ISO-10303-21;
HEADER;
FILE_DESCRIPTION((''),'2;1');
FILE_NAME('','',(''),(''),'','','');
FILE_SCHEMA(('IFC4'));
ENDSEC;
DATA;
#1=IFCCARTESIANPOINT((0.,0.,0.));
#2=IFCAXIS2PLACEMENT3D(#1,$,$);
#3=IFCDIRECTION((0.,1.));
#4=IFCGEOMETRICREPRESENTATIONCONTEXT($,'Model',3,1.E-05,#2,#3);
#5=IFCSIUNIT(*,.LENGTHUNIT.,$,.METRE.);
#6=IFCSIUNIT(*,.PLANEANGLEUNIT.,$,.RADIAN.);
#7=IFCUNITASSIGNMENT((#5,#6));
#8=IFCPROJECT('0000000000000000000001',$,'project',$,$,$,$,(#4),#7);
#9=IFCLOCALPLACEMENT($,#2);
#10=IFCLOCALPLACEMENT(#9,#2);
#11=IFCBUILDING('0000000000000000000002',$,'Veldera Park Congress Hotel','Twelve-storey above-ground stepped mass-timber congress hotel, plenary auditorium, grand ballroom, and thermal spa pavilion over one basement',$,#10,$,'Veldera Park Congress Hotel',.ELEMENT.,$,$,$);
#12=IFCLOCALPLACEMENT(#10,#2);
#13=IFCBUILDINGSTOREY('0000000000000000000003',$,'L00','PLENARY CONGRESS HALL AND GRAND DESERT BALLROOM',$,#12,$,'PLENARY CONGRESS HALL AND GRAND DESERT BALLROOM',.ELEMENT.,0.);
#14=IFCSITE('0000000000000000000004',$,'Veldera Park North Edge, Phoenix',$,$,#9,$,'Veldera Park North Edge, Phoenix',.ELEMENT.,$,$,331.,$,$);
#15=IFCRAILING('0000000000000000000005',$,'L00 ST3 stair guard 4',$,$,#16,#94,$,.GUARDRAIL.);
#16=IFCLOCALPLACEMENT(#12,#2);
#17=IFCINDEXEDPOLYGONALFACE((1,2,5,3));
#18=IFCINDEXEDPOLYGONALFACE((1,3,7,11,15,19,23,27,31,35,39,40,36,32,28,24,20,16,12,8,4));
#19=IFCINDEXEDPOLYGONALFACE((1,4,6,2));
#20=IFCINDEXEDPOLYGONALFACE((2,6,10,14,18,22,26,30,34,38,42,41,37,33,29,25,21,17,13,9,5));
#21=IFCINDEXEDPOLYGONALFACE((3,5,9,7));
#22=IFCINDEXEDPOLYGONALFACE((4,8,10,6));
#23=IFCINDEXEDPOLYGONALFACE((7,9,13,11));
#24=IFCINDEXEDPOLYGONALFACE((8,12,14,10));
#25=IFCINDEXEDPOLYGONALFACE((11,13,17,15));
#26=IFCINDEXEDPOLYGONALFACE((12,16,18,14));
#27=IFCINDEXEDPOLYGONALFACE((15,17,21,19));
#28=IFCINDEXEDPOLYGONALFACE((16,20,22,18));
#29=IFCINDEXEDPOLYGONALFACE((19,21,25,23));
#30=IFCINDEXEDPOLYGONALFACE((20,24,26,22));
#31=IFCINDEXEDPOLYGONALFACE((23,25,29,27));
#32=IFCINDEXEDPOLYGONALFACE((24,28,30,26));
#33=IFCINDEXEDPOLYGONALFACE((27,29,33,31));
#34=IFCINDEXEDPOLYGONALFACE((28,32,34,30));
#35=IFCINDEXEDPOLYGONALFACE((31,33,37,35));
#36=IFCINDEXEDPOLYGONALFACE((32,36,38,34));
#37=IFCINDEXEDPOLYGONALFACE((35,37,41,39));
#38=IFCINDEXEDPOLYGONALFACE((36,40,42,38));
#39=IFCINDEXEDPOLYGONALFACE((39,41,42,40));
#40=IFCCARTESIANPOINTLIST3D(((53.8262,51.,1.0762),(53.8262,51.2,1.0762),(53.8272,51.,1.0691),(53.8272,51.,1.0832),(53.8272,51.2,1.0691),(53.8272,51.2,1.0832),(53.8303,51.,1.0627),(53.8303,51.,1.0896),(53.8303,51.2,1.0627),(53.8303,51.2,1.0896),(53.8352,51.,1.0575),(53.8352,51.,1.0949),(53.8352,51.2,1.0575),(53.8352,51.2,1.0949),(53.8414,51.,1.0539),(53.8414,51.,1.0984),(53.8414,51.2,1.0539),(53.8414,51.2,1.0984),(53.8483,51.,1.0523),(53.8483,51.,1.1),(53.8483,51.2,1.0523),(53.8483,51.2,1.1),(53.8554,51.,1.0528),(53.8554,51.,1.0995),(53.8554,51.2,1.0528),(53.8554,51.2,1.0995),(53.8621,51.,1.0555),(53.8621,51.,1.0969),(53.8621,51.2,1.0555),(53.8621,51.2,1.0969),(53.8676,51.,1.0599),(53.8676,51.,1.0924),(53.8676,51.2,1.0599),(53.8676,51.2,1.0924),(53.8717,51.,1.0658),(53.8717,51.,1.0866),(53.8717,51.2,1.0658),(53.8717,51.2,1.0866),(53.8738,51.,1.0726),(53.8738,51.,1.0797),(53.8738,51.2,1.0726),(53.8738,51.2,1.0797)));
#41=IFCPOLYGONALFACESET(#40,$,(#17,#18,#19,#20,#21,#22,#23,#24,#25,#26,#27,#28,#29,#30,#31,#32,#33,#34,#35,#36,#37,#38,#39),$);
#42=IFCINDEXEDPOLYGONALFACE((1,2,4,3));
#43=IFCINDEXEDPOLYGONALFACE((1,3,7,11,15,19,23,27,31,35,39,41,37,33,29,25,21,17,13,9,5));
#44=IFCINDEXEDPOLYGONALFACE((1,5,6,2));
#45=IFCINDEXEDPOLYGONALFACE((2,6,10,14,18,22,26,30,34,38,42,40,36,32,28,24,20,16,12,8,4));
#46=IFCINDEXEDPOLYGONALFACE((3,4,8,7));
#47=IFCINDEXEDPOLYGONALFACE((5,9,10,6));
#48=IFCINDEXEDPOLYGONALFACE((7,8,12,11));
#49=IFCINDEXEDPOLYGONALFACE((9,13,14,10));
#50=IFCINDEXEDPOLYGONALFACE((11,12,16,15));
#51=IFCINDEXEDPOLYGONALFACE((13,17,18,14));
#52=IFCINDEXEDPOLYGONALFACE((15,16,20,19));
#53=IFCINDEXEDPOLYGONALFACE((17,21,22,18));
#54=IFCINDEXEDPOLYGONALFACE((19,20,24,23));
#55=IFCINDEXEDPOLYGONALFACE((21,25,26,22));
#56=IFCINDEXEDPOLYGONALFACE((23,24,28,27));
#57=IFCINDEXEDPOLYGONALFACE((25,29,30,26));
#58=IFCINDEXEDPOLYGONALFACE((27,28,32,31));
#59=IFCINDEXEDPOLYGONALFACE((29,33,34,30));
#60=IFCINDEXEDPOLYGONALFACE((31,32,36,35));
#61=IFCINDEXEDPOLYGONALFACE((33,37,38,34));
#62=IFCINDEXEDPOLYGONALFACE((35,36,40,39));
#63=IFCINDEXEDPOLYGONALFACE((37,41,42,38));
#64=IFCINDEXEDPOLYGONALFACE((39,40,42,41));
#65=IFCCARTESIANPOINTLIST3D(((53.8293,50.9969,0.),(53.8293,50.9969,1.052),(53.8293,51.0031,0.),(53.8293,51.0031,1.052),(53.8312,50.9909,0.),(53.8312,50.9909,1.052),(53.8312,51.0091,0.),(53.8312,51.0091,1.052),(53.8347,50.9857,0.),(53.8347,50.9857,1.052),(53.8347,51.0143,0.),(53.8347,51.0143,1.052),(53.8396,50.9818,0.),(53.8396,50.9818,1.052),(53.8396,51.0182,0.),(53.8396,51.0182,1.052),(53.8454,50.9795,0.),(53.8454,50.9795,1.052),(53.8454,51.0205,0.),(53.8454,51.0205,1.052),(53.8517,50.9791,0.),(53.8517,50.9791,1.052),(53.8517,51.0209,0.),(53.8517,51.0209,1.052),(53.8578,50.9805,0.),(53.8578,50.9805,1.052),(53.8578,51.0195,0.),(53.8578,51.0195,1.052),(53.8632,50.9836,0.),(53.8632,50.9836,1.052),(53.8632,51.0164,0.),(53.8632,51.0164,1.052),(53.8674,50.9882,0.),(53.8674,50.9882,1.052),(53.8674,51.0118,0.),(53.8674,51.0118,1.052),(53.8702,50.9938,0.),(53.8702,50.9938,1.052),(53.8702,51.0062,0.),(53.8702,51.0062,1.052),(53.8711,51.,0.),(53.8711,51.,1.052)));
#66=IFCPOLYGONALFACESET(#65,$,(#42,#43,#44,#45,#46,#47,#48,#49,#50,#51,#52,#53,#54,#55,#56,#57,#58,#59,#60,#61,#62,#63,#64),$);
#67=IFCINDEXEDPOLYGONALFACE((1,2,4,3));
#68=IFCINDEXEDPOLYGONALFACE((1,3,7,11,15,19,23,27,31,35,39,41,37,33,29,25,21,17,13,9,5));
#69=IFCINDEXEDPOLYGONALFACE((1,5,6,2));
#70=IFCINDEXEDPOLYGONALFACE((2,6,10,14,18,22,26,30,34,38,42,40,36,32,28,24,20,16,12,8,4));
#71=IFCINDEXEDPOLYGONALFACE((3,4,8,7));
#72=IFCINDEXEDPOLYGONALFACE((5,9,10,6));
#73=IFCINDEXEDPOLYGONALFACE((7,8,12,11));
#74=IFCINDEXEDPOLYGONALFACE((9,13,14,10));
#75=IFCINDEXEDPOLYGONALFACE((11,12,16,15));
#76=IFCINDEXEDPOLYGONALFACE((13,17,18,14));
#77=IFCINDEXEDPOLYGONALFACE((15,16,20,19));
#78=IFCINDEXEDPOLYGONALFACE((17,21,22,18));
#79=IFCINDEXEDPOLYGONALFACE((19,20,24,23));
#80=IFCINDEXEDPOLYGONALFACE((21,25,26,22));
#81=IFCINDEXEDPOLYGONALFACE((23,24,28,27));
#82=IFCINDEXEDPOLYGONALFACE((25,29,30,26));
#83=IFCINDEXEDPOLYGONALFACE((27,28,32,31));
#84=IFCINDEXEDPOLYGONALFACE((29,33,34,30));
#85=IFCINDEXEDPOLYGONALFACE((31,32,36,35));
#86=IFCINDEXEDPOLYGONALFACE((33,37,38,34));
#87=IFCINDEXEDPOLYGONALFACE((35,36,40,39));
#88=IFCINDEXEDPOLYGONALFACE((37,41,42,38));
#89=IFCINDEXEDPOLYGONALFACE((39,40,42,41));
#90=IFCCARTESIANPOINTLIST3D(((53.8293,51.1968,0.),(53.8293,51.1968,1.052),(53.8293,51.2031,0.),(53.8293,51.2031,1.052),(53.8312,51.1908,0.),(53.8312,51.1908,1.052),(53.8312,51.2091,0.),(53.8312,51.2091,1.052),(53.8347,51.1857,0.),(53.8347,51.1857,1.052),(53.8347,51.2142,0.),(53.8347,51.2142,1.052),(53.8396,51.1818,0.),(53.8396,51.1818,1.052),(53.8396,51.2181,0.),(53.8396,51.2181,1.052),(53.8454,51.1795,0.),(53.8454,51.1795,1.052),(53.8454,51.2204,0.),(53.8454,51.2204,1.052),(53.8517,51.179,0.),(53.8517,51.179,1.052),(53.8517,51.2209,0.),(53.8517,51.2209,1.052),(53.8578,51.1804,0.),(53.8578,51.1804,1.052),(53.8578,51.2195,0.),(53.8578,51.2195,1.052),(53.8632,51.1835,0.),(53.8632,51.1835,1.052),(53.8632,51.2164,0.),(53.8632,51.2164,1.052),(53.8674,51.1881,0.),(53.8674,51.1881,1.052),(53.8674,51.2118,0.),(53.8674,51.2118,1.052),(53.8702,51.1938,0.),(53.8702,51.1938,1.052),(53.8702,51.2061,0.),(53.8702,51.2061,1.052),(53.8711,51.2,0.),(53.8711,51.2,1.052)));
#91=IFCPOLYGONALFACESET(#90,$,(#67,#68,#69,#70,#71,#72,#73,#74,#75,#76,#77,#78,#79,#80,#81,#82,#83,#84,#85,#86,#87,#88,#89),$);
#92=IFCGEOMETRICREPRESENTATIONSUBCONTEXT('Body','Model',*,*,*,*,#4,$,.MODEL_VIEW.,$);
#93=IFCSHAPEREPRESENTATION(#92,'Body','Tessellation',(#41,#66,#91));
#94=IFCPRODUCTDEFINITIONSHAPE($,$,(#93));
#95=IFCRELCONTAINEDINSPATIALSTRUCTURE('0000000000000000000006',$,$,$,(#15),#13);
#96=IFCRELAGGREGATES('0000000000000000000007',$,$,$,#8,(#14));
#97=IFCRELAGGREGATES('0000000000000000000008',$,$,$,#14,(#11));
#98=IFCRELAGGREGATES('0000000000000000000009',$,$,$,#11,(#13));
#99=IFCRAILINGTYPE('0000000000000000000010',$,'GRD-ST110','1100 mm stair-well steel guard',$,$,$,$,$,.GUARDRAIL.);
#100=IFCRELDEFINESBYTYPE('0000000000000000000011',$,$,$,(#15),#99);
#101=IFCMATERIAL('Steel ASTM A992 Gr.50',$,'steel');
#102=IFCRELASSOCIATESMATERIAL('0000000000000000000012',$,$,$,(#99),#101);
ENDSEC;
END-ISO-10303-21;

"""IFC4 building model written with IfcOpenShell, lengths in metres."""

from ifc_helpers import new_model, si_unit, direction, frame, origin, origin_2d, place, context, subcontext, project, spatial, circle, extrude, material, type_object, element, save


model = new_model("IFC4")

# Units and contexts
model_context = context("Model", 3, precision=1e-05, world=origin(), true_north=direction((0.0, 1.0)))
body_context = subcontext(model_context, "Body", "Model", "MODEL_VIEW")
ifc_project = project(units=[si_unit("LENGTHUNIT", "METRE"), si_unit("PLANEANGLEUNIT", "RADIAN")], contexts=[model_context])

# Site, building, storey
site_placement = place(None, origin())
site = spatial("IfcSite", under=ifc_project, at=site_placement, Name="Veldera Park North Edge, Phoenix", LongName="Veldera Park North Edge, Phoenix", CompositionType="ELEMENT", RefElevation=331.0)
building_placement = place(site_placement, origin())
building = spatial("IfcBuilding", under=site, at=building_placement, Name="Veldera Park Congress Hotel", Description="Twelve-storey above-ground stepped mass-timber congress hotel, plenary auditorium, grand ballroom, and thermal spa pavilion over one basement", LongName="Veldera Park Congress Hotel", CompositionType="ELEMENT")
storey_placement = place(building_placement, origin())
storey = spatial("IfcBuildingStorey", under=building, at=storey_placement, Name="L00", Description="PLENARY CONGRESS HALL AND GRAND DESERT BALLROOM", LongName="PLENARY CONGRESS HALL AND GRAND DESERT BALLROOM", CompositionType="ELEMENT", Elevation=0.0)

# Shared definitions
ifc_material_1 = material(Name="Steel ASTM A992 Gr.50", Category="steel")

# Railing
railing_type_1 = type_object("IfcRailingType", Name="GRD-ST110", Description="1100 mm stair-well steel guard", PredefinedType="GUARDRAIL", material=ifc_material_1)
railing_1_placement = place(storey_placement, frame((53.8501, 51.0, 0.0)))
element("IfcRailing", 1, at=railing_1_placement, inside=storey, type_object=railing_type_1, Name="L00 ST3 stair guard 4", PredefinedType="GUARDRAIL", context=body_context, shape_type="SweptSolid", body=[
    extrude(circle(Radius=0.0239, at=origin_2d()), frame((0.0, 0.0, 1.0762), z_axis=(0.0, 1.0, 0.0), x_axis=(-1.0, 0.0, 0.0)), (0.0, 0.0, 1.0), 0.2),
    extrude(circle(Radius=0.021, at=origin_2d()), origin(), (0.0, 0.0, 1.0), 1.052),
    extrude(circle(Radius=0.021, at=origin_2d()), frame((0.0, 0.2, 0.0)), (0.0, 0.0, 1.0), 1.052),
])

save(model, "model.ifc")
